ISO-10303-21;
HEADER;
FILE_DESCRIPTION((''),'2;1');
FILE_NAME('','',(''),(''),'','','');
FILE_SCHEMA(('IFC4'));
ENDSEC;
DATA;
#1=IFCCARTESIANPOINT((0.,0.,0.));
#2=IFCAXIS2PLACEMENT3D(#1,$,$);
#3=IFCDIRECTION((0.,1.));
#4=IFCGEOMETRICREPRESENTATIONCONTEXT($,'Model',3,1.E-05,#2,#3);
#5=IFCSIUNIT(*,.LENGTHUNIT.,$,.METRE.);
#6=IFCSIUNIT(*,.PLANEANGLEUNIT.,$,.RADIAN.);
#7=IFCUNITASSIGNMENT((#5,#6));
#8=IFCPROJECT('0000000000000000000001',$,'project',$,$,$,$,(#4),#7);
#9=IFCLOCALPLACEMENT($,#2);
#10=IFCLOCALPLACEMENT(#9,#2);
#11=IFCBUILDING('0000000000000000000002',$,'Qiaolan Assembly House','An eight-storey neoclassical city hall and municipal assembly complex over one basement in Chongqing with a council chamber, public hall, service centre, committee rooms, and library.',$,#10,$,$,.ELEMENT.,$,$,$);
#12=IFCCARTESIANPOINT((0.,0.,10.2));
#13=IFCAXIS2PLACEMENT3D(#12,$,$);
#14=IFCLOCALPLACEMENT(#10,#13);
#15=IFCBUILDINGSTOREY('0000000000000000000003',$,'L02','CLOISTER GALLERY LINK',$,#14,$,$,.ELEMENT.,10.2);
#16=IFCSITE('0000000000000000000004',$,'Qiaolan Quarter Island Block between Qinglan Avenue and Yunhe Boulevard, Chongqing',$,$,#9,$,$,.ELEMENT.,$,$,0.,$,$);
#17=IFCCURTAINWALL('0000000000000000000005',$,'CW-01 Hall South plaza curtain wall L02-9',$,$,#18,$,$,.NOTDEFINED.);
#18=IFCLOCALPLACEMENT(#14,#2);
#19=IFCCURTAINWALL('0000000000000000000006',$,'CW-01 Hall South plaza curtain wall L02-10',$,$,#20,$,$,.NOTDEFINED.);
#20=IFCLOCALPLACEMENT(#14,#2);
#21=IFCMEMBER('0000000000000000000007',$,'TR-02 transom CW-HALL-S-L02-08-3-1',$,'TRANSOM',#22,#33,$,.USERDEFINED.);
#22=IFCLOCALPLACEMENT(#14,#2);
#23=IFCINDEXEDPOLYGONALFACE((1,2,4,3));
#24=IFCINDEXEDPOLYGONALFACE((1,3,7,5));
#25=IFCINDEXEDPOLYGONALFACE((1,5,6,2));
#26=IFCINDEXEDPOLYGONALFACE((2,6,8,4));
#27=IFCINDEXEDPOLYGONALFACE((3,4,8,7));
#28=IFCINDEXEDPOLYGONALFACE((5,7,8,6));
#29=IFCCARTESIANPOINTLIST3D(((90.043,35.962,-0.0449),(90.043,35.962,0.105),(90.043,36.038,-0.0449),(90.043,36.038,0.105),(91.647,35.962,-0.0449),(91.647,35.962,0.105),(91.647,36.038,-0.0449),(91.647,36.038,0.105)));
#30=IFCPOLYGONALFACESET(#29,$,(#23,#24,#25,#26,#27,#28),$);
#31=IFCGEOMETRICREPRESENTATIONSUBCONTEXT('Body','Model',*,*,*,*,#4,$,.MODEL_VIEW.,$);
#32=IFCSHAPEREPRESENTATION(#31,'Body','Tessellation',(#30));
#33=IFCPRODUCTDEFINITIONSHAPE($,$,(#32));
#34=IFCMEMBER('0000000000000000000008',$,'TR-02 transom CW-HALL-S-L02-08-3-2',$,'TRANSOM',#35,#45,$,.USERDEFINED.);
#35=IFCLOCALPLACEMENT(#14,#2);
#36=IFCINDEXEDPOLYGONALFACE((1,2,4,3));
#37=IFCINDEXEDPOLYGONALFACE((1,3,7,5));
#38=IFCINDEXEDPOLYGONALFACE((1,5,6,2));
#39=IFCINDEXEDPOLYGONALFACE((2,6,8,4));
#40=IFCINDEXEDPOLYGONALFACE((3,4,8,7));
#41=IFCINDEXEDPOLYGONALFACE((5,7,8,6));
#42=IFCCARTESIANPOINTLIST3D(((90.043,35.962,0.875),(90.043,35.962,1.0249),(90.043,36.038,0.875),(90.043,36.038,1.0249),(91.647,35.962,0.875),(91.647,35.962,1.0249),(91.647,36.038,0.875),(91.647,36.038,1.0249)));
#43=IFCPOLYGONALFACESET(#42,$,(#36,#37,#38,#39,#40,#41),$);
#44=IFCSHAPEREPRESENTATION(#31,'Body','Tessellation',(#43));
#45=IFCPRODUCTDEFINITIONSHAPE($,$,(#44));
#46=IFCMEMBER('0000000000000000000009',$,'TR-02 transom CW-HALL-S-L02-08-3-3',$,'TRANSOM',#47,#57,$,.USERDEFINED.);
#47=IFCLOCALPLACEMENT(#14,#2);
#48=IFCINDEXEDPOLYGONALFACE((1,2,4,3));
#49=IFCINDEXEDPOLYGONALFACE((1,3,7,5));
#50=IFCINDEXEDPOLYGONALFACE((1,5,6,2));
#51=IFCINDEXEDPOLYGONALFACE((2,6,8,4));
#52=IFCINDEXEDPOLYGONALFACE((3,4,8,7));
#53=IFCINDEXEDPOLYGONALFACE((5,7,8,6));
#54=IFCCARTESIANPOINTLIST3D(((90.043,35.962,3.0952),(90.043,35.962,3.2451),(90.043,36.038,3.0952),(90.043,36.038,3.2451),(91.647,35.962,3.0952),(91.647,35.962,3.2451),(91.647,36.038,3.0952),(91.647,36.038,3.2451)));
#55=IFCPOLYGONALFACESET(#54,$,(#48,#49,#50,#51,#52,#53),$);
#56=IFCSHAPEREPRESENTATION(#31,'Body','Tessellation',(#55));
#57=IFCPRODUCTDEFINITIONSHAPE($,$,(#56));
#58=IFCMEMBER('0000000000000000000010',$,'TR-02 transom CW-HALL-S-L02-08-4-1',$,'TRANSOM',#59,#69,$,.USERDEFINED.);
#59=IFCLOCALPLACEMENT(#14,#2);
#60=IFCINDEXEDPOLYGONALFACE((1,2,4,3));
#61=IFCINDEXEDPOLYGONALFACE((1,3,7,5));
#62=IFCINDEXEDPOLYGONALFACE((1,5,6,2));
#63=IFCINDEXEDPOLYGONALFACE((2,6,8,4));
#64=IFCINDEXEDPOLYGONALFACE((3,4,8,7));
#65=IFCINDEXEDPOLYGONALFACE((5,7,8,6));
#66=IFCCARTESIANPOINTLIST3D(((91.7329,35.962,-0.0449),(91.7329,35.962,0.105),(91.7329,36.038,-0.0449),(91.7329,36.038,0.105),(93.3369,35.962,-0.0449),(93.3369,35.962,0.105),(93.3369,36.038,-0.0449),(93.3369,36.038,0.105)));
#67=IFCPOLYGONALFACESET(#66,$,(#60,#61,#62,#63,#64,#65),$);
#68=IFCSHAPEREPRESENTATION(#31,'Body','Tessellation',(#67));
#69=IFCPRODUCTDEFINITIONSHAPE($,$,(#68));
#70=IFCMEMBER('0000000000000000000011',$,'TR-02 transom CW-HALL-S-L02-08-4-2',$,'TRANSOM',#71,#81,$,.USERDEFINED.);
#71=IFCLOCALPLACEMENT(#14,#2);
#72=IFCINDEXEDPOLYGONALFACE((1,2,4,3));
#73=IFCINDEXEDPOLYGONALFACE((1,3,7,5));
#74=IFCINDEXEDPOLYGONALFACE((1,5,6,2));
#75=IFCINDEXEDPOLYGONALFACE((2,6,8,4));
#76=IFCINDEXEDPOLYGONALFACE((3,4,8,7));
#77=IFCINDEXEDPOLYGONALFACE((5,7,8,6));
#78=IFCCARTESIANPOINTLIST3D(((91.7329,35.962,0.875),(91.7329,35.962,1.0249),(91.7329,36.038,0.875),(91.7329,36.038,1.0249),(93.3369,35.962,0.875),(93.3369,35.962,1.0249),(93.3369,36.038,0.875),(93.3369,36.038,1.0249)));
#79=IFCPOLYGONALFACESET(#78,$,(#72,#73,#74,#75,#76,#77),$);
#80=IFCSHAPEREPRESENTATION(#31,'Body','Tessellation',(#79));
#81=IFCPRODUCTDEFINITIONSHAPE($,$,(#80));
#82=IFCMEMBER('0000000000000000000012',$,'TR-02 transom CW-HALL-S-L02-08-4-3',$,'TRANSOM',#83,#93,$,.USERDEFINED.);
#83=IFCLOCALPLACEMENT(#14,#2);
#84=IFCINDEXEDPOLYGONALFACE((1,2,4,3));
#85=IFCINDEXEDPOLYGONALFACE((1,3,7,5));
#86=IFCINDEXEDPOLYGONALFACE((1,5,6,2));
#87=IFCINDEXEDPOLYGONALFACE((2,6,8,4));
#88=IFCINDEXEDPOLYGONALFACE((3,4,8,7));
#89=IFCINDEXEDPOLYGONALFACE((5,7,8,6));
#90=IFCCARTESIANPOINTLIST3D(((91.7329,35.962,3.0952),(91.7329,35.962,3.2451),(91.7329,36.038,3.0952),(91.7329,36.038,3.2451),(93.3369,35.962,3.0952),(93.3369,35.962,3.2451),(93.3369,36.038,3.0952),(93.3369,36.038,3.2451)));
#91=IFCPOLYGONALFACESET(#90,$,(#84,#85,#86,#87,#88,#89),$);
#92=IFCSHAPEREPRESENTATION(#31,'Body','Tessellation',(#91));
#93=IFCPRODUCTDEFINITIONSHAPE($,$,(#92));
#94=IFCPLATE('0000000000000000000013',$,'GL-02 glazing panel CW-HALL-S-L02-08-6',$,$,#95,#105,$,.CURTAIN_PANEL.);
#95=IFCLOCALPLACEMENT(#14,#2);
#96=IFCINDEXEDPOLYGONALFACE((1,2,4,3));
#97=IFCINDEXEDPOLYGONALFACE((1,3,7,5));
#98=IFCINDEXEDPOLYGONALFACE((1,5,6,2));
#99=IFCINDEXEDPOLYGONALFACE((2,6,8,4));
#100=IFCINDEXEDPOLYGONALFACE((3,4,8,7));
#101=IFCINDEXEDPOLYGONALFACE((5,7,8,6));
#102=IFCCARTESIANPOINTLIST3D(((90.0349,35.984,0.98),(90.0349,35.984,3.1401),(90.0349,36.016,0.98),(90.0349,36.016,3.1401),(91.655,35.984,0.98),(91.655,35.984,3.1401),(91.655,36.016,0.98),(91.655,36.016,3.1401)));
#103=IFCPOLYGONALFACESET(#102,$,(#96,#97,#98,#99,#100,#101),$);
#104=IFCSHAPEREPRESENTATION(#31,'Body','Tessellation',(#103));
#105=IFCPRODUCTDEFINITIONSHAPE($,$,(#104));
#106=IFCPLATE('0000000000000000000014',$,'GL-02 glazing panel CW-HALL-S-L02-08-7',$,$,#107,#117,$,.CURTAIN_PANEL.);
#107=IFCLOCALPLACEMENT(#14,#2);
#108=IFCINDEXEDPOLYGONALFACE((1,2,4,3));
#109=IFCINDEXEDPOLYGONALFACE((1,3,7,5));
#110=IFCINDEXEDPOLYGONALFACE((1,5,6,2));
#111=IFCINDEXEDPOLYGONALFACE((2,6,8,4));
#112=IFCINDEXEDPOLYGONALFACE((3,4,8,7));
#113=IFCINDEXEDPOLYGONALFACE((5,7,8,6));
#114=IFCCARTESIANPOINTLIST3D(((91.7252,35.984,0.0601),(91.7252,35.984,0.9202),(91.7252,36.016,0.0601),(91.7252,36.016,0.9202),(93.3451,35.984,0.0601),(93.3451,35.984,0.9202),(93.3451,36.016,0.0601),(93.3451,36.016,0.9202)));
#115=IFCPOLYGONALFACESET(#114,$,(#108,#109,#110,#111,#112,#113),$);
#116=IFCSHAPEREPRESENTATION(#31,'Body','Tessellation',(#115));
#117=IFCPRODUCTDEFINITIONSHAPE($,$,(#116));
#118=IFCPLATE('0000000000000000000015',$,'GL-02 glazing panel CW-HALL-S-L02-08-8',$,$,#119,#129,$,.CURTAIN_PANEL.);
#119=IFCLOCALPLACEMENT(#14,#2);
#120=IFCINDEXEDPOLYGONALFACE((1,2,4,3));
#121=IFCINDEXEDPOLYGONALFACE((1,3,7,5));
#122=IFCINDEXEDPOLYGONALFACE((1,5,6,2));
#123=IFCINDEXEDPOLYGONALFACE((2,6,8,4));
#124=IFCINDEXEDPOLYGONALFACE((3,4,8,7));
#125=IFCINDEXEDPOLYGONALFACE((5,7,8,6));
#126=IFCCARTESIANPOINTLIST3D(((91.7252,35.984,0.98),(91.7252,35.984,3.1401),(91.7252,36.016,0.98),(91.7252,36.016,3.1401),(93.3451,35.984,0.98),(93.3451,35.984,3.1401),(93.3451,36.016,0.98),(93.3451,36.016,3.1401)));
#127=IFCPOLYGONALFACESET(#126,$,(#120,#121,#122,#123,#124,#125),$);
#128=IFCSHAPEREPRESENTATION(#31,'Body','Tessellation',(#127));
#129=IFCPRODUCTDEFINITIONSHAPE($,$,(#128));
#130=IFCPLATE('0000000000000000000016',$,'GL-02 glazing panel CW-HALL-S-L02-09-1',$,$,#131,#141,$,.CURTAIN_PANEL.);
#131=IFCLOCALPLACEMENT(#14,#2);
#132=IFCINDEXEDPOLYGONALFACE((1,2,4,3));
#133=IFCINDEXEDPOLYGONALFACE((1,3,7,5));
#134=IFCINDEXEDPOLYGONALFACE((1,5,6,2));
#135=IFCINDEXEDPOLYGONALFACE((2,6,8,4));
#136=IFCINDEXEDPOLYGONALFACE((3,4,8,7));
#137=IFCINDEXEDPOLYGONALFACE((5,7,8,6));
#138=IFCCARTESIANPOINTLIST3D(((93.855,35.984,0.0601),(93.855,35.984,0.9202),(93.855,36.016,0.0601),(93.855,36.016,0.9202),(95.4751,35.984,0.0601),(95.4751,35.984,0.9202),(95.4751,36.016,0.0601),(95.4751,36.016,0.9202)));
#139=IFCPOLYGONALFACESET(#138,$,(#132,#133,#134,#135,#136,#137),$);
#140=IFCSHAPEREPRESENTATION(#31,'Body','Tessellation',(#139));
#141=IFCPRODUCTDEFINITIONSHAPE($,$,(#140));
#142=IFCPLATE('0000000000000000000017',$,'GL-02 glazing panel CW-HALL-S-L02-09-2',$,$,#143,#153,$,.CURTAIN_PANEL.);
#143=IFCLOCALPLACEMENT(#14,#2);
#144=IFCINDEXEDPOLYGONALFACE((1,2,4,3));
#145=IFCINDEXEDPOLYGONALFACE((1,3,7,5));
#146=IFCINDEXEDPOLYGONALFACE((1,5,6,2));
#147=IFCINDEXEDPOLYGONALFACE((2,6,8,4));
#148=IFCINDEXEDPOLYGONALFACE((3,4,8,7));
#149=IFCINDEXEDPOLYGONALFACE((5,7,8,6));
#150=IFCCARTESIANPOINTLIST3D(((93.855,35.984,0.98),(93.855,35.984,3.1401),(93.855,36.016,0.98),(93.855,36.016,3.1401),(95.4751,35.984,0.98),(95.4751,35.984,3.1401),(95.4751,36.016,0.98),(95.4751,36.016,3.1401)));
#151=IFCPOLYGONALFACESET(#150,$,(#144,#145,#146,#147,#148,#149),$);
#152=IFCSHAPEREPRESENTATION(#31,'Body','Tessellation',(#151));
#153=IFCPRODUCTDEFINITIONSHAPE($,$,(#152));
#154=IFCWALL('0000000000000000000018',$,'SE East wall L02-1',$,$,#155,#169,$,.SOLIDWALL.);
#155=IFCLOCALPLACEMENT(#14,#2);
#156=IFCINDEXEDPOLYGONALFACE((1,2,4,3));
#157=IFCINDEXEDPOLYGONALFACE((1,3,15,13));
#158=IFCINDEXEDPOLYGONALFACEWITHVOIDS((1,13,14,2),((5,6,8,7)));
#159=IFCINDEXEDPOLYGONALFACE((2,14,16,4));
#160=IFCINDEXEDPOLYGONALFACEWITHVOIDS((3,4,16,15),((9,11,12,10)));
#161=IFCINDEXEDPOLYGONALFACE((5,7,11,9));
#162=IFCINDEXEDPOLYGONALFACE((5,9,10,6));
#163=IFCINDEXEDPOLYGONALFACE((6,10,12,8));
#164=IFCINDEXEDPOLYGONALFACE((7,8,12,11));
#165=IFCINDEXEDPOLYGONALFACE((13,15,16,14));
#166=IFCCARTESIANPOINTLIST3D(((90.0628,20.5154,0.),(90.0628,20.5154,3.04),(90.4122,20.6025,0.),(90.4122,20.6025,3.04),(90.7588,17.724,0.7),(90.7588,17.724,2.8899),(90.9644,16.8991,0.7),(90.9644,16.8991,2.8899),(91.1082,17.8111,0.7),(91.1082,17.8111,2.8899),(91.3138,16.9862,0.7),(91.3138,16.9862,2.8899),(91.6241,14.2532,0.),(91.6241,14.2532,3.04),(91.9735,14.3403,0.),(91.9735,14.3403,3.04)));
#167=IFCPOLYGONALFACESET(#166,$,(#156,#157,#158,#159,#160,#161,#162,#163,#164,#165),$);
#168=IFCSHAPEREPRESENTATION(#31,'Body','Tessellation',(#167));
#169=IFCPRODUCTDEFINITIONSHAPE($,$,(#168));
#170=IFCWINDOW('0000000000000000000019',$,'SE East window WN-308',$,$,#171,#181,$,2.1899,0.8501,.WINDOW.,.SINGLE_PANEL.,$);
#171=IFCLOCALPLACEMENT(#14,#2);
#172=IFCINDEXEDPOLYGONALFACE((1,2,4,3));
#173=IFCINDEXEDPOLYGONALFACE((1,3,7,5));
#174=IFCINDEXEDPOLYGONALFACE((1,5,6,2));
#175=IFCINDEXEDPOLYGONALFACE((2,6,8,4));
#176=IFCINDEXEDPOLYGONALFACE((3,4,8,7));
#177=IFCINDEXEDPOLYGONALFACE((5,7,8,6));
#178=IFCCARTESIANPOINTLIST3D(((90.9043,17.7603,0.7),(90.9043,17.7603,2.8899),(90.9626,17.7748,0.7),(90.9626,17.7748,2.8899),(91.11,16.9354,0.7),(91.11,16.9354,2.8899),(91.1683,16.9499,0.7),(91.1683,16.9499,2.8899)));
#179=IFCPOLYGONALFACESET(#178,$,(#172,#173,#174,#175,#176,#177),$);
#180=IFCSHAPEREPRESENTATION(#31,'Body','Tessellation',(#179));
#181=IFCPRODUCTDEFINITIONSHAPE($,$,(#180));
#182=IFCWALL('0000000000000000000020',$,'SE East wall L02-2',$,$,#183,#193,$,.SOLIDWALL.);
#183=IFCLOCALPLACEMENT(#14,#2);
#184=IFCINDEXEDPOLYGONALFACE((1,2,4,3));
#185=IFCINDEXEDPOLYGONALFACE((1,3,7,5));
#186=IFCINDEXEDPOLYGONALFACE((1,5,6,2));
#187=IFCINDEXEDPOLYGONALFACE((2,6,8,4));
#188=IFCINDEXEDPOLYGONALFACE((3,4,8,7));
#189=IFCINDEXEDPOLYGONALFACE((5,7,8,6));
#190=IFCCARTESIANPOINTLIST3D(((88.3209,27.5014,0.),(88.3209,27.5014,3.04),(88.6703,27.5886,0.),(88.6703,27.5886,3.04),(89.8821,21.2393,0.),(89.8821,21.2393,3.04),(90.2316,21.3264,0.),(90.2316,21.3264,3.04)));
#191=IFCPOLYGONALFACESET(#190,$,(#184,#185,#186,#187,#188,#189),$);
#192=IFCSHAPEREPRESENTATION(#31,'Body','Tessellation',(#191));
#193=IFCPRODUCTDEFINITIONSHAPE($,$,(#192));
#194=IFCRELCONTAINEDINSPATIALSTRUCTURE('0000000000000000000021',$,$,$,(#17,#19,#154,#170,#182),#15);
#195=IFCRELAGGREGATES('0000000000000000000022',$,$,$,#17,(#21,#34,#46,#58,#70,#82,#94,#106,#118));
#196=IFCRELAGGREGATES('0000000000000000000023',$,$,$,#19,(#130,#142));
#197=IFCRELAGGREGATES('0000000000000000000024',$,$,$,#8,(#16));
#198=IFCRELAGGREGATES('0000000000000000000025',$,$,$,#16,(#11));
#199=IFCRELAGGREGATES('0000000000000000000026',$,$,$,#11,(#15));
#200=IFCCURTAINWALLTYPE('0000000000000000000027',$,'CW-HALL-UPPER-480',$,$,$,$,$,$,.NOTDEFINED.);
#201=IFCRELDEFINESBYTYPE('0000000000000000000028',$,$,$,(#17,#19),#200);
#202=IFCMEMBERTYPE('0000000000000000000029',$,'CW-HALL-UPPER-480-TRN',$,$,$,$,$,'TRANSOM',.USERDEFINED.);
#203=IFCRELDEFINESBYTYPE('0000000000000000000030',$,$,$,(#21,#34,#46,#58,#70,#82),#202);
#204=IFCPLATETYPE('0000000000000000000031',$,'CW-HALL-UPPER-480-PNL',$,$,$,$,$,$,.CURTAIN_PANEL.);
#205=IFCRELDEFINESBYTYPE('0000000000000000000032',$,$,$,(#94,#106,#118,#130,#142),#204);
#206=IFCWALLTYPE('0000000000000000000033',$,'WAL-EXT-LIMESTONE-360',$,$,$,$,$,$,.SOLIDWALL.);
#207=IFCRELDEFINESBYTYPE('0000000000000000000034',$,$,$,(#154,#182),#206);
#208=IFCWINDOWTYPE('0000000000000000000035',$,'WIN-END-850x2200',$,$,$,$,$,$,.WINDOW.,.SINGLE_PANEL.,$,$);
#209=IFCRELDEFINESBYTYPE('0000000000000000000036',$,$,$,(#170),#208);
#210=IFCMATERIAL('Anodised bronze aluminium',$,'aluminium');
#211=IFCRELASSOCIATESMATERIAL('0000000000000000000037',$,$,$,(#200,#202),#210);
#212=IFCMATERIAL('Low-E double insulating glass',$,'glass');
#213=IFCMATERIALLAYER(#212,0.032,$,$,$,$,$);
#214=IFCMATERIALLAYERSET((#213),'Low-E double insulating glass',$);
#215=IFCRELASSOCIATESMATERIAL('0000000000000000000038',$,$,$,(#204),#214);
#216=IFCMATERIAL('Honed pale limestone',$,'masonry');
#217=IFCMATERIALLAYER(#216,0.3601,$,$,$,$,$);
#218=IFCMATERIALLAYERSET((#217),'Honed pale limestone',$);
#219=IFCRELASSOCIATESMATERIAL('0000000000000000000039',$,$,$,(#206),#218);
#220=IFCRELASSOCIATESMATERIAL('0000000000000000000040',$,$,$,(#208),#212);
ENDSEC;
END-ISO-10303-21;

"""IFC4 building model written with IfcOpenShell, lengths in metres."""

from ifc_helpers import new_model, si_unit, direction, frame, frame_2d, origin, origin_2d, place, context, subcontext, project, spatial, rectangle, extrude, material, layer, layer_set, material_profile, profile_set, type_object, element, fill, aggregate, save


model = new_model("IFC4")

# Units and contexts
model_context = context("Model", 3, precision=1e-05, world=origin(), true_north=direction((0.0, 1.0)))
body_context = subcontext(model_context, "Body", "Model", "MODEL_VIEW")
ifc_project = project(units=[si_unit("LENGTHUNIT", "METRE"), si_unit("PLANEANGLEUNIT", "RADIAN")], contexts=[model_context])

# Site, building, storey
site_placement = place(None, origin())
site = spatial("IfcSite", under=ifc_project, at=site_placement, Name="Qiaolan Quarter Island Block between Qinglan Avenue and Yunhe Boulevard, Chongqing", CompositionType="ELEMENT", RefElevation=0.0)
building_placement = place(site_placement, origin())
building = spatial("IfcBuilding", under=site, at=building_placement, Name="Qiaolan Assembly House", Description="An eight-storey neoclassical city hall and municipal assembly complex over one basement in Chongqing with a council chamber, public hall, service centre, committee rooms, and library.", CompositionType="ELEMENT")
storey_placement = place(building_placement, frame((0.0, 0.0, 10.2)))
storey = spatial("IfcBuildingStorey", under=building, at=storey_placement, Name="L02", Description="CLOISTER GALLERY LINK", CompositionType="ELEMENT", Elevation=10.2)

# Curtain wall
ifc_material_1 = material(Name="Anodised bronze aluminium", Category="aluminium")
curtain_wall_type = type_object("IfcCurtainWallType", Name="CW-HALL-UPPER-480", PredefinedType="NOTDEFINED", material=ifc_material_1)
curtain_wall_1_placement = place(storey_placement, origin())
curtain_wall_1 = element("IfcCurtainWall", 1, at=curtain_wall_1_placement, inside=storey, type_object=curtain_wall_type, Name="CW-01 Hall South plaza curtain wall L02-9", PredefinedType="NOTDEFINED")

# Curtain wall
curtain_wall_2_placement = place(storey_placement, origin())
curtain_wall_2 = element("IfcCurtainWall", 2, at=curtain_wall_2_placement, inside=storey, type_object=curtain_wall_type, Name="CW-01 Hall South plaza curtain wall L02-10", PredefinedType="NOTDEFINED")

# Members
ifc_material_profile_1 = material_profile(ifc_material_1, rectangle(XDim=0.0759, YDim=0.1499, at=origin_2d()), Name="TRN 76x150")
ifc_profile_set_1 = profile_set([ifc_material_profile_1], Name="Anodised bronze aluminium")
member_type_1 = type_object("IfcMemberType", Name="CW-HALL-UPPER-480-TRN", ElementType="TRANSOM", PredefinedType="USERDEFINED", material=ifc_profile_set_1)
member_1_placement = place(storey_placement, frame((90.043, 36.0, 0.03), z_axis=(1.0, 0.0, 0.0), x_axis=(0.0, 1.0, 0.0)))
member_1 = element("IfcMember", 3, at=member_1_placement, type_object=member_type_1, Name="TR-02 transom CW-HALL-S-L02-08-3-1", ObjectType="TRANSOM", PredefinedType="USERDEFINED", context=body_context, shape_type="SweptSolid", body=[
    extrude(rectangle(XDim=0.0759, YDim=0.1499, at=origin_2d()), origin(), (0.0, 0.0, 1.0), 1.604),
])
member_2_placement = place(storey_placement, frame((90.043, 36.0, 0.95), z_axis=(1.0, 0.0, 0.0), x_axis=(0.0, 1.0, 0.0)))
member_2 = element("IfcMember", 4, at=member_2_placement, type_object=member_type_1, Name="TR-02 transom CW-HALL-S-L02-08-3-2", ObjectType="TRANSOM", PredefinedType="USERDEFINED", context=body_context, shape_type="SweptSolid", body=[
    extrude(rectangle(XDim=0.0759, YDim=0.1499, at=origin_2d()), origin(), (0.0, 0.0, 1.0), 1.604),
])
member_3_placement = place(storey_placement, frame((90.043, 36.0, 3.1702), z_axis=(1.0, 0.0, 0.0), x_axis=(0.0, 1.0, 0.0)))
member_3 = element("IfcMember", 5, at=member_3_placement, type_object=member_type_1, Name="TR-02 transom CW-HALL-S-L02-08-3-3", ObjectType="TRANSOM", PredefinedType="USERDEFINED", context=body_context, shape_type="SweptSolid", body=[
    extrude(rectangle(XDim=0.0759, YDim=0.1499, at=origin_2d()), origin(), (0.0, 0.0, 1.0), 1.604),
])
member_4_placement = place(storey_placement, frame((91.7329, 36.0, 0.03), z_axis=(1.0, 0.0, 0.0), x_axis=(0.0, 1.0, 0.0)))
member_4 = element("IfcMember", 6, at=member_4_placement, type_object=member_type_1, Name="TR-02 transom CW-HALL-S-L02-08-4-1", ObjectType="TRANSOM", PredefinedType="USERDEFINED", context=body_context, shape_type="SweptSolid", body=[
    extrude(rectangle(XDim=0.0759, YDim=0.1499, at=origin_2d()), origin(), (0.0, 0.0, 1.0), 1.604),
])
member_5_placement = place(storey_placement, frame((91.7329, 36.0, 0.95), z_axis=(1.0, 0.0, 0.0), x_axis=(0.0, 1.0, 0.0)))
member_5 = element("IfcMember", 7, at=member_5_placement, type_object=member_type_1, Name="TR-02 transom CW-HALL-S-L02-08-4-2", ObjectType="TRANSOM", PredefinedType="USERDEFINED", context=body_context, shape_type="SweptSolid", body=[
    extrude(rectangle(XDim=0.0759, YDim=0.1499, at=origin_2d()), origin(), (0.0, 0.0, 1.0), 1.604),
])
member_6_placement = place(storey_placement, frame((91.7329, 36.0, 3.1702), z_axis=(1.0, 0.0, 0.0), x_axis=(0.0, 1.0, 0.0)))
member_6 = element("IfcMember", 8, at=member_6_placement, type_object=member_type_1, Name="TR-02 transom CW-HALL-S-L02-08-4-3", ObjectType="TRANSOM", PredefinedType="USERDEFINED", context=body_context, shape_type="SweptSolid", body=[
    extrude(rectangle(XDim=0.0759, YDim=0.1499, at=origin_2d()), origin(), (0.0, 0.0, 1.0), 1.604),
])

# Plates
ifc_material_2 = material(Name="Low-E double insulating glass", Category="glass")
ifc_layer_1 = layer(ifc_material_2, 0.032)
ifc_layer_set_1 = layer_set([ifc_layer_1], Name="Low-E double insulating glass")
plate_type = type_object("IfcPlateType", Name="CW-HALL-UPPER-480-PNL", PredefinedType="CURTAIN_PANEL", material=ifc_layer_set_1)
plate_1_placement = place(storey_placement, frame((90.0349, 36.0, 0.98), z_axis=(0.0, 0.0, 1.0), x_axis=(1.0, 0.0, 0.0)))
plate_1 = element("IfcPlate", 9, at=plate_1_placement, type_object=plate_type, Name="GL-02 glazing panel CW-HALL-S-L02-08-6", PredefinedType="CURTAIN_PANEL", context=body_context, shape_type="SweptSolid", body=[
    extrude(rectangle(XDim=1.6201, YDim=0.032, at=frame_2d((0.8101, 0.0))), origin(), (0.0, 0.0, 1.0), 2.1602),
])
plate_2_placement = place(storey_placement, frame((91.7251, 36.0, 0.0601), z_axis=(0.0, 0.0, 1.0), x_axis=(1.0, 0.0, 0.0)))
plate_2 = element("IfcPlate", 10, at=plate_2_placement, type_object=plate_type, Name="GL-02 glazing panel CW-HALL-S-L02-08-7", PredefinedType="CURTAIN_PANEL", context=body_context, shape_type="SweptSolid", body=[
    extrude(rectangle(XDim=1.6199, YDim=0.032, at=frame_2d((0.8101, 0.0))), origin(), (0.0, 0.0, 1.0), 0.8601),
])
plate_3_placement = place(storey_placement, frame((91.7251, 36.0, 0.98), z_axis=(0.0, 0.0, 1.0), x_axis=(1.0, 0.0, 0.0)))
plate_3 = element("IfcPlate", 11, at=plate_3_placement, type_object=plate_type, Name="GL-02 glazing panel CW-HALL-S-L02-08-8", PredefinedType="CURTAIN_PANEL", context=body_context, shape_type="SweptSolid", body=[
    extrude(rectangle(XDim=1.6199, YDim=0.032, at=frame_2d((0.8101, 0.0))), origin(), (0.0, 0.0, 1.0), 2.1602),
])
aggregate(curtain_wall_1, [member_1, member_2, member_3, member_4, member_5, member_6, plate_1, plate_2, plate_3])
plate_4_placement = place(storey_placement, frame((93.855, 36.0, 0.0601), z_axis=(0.0, 0.0, 1.0), x_axis=(1.0, 0.0, 0.0)))
plate_4 = element("IfcPlate", 12, at=plate_4_placement, type_object=plate_type, Name="GL-02 glazing panel CW-HALL-S-L02-09-1", PredefinedType="CURTAIN_PANEL", context=body_context, shape_type="SweptSolid", body=[
    extrude(rectangle(XDim=1.6201, YDim=0.032, at=frame_2d((0.8101, 0.0))), origin(), (0.0, 0.0, 1.0), 0.8601),
])
plate_5_placement = place(storey_placement, frame((93.855, 36.0, 0.98), z_axis=(0.0, 0.0, 1.0), x_axis=(1.0, 0.0, 0.0)))
plate_5 = element("IfcPlate", 13, at=plate_5_placement, type_object=plate_type, Name="GL-02 glazing panel CW-HALL-S-L02-09-2", PredefinedType="CURTAIN_PANEL", context=body_context, shape_type="SweptSolid", body=[
    extrude(rectangle(XDim=1.6201, YDim=0.032, at=frame_2d((0.8101, 0.0))), origin(), (0.0, 0.0, 1.0), 2.1602),
])
aggregate(curtain_wall_2, [plate_4, plate_5])

# Wall, opening, window
ifc_material_3 = material(Name="Honed pale limestone", Category="masonry")
ifc_layer_2 = layer(ifc_material_3, 0.3601)
ifc_layer_set_2 = layer_set([ifc_layer_2], Name="Honed pale limestone")
wall_type = type_object("IfcWallType", Name="WAL-EXT-LIMESTONE-360", PredefinedType="SOLIDWALL", material=ifc_layer_set_2)
wall_1_placement = place(storey_placement, frame((91.7988, 14.2966, 0.0), z_axis=(0.0, 0.0, 1.0), x_axis=(-0.241913, 0.970298, 0.0)))
wall_1 = element("IfcWall", 14, at=wall_1_placement, inside=storey, type_object=wall_type, Name="SE East wall L02-1", PredefinedType="SOLIDWALL", context=body_context, shape_type="SweptSolid", body=[
    extrude(rectangle(XDim=6.4539, YDim=0.3601, at=frame_2d((3.2271, 0.0))), origin(), (0.0, 0.0, 1.0), 3.04),
])
opening_placement = place(wall_1_placement, frame((2.7271, 0.0, 0.7)))
opening = element("IfcOpeningElement", 15, at=opening_placement, cuts=wall_1, PredefinedType="OPENING", context=body_context, shape_type="SweptSolid", body=[
    extrude(rectangle(XDim=0.8501, YDim=2.1899, at=frame_2d((0.425, 1.095))), frame((0.0, 0.1899, 0.0), z_axis=(0.0, -1.0, 0.0), x_axis=(1.0, 0.0, 0.0)), (0.0, 0.0, 1.0), 0.3801),
])
window_type = type_object("IfcWindowType", Name="WIN-END-850x2200", PartitioningType="SINGLE_PANEL", PredefinedType="WINDOW", material=ifc_material_2)
window_placement = place(opening_placement, origin())
window = element("IfcWindow", 16, at=window_placement, inside=storey, type_object=window_type, Name="SE East window WN-308", OverallHeight=2.1899, OverallWidth=0.8501, PartitioningType="SINGLE_PANEL", PredefinedType="WINDOW", context=body_context, shape_type="SweptSolid", body=[
    extrude(rectangle(XDim=0.8501, YDim=2.1899, at=frame_2d((0.425, 1.095))), frame((0.0, 0.03, 0.0), z_axis=(0.0, -1.0, 0.0), x_axis=(1.0, 0.0, 0.0)), (0.0, 0.0, 1.0), 0.0601),
])
fill(opening, window)

# Wall
wall_2_placement = place(storey_placement, frame((90.0569, 21.2827, 0.0), z_axis=(0.0, 0.0, 1.0), x_axis=(-0.241913, 0.970298, 0.0)))
element("IfcWall", 17, at=wall_2_placement, inside=storey, type_object=wall_type, Name="SE East wall L02-2", PredefinedType="SOLIDWALL", context=body_context, shape_type="SweptSolid", body=[
    extrude(rectangle(XDim=6.4539, YDim=0.3601, at=frame_2d((3.2271, 0.0))), origin(), (0.0, 0.0, 1.0), 3.04),
])

save(model, "model.ifc")
